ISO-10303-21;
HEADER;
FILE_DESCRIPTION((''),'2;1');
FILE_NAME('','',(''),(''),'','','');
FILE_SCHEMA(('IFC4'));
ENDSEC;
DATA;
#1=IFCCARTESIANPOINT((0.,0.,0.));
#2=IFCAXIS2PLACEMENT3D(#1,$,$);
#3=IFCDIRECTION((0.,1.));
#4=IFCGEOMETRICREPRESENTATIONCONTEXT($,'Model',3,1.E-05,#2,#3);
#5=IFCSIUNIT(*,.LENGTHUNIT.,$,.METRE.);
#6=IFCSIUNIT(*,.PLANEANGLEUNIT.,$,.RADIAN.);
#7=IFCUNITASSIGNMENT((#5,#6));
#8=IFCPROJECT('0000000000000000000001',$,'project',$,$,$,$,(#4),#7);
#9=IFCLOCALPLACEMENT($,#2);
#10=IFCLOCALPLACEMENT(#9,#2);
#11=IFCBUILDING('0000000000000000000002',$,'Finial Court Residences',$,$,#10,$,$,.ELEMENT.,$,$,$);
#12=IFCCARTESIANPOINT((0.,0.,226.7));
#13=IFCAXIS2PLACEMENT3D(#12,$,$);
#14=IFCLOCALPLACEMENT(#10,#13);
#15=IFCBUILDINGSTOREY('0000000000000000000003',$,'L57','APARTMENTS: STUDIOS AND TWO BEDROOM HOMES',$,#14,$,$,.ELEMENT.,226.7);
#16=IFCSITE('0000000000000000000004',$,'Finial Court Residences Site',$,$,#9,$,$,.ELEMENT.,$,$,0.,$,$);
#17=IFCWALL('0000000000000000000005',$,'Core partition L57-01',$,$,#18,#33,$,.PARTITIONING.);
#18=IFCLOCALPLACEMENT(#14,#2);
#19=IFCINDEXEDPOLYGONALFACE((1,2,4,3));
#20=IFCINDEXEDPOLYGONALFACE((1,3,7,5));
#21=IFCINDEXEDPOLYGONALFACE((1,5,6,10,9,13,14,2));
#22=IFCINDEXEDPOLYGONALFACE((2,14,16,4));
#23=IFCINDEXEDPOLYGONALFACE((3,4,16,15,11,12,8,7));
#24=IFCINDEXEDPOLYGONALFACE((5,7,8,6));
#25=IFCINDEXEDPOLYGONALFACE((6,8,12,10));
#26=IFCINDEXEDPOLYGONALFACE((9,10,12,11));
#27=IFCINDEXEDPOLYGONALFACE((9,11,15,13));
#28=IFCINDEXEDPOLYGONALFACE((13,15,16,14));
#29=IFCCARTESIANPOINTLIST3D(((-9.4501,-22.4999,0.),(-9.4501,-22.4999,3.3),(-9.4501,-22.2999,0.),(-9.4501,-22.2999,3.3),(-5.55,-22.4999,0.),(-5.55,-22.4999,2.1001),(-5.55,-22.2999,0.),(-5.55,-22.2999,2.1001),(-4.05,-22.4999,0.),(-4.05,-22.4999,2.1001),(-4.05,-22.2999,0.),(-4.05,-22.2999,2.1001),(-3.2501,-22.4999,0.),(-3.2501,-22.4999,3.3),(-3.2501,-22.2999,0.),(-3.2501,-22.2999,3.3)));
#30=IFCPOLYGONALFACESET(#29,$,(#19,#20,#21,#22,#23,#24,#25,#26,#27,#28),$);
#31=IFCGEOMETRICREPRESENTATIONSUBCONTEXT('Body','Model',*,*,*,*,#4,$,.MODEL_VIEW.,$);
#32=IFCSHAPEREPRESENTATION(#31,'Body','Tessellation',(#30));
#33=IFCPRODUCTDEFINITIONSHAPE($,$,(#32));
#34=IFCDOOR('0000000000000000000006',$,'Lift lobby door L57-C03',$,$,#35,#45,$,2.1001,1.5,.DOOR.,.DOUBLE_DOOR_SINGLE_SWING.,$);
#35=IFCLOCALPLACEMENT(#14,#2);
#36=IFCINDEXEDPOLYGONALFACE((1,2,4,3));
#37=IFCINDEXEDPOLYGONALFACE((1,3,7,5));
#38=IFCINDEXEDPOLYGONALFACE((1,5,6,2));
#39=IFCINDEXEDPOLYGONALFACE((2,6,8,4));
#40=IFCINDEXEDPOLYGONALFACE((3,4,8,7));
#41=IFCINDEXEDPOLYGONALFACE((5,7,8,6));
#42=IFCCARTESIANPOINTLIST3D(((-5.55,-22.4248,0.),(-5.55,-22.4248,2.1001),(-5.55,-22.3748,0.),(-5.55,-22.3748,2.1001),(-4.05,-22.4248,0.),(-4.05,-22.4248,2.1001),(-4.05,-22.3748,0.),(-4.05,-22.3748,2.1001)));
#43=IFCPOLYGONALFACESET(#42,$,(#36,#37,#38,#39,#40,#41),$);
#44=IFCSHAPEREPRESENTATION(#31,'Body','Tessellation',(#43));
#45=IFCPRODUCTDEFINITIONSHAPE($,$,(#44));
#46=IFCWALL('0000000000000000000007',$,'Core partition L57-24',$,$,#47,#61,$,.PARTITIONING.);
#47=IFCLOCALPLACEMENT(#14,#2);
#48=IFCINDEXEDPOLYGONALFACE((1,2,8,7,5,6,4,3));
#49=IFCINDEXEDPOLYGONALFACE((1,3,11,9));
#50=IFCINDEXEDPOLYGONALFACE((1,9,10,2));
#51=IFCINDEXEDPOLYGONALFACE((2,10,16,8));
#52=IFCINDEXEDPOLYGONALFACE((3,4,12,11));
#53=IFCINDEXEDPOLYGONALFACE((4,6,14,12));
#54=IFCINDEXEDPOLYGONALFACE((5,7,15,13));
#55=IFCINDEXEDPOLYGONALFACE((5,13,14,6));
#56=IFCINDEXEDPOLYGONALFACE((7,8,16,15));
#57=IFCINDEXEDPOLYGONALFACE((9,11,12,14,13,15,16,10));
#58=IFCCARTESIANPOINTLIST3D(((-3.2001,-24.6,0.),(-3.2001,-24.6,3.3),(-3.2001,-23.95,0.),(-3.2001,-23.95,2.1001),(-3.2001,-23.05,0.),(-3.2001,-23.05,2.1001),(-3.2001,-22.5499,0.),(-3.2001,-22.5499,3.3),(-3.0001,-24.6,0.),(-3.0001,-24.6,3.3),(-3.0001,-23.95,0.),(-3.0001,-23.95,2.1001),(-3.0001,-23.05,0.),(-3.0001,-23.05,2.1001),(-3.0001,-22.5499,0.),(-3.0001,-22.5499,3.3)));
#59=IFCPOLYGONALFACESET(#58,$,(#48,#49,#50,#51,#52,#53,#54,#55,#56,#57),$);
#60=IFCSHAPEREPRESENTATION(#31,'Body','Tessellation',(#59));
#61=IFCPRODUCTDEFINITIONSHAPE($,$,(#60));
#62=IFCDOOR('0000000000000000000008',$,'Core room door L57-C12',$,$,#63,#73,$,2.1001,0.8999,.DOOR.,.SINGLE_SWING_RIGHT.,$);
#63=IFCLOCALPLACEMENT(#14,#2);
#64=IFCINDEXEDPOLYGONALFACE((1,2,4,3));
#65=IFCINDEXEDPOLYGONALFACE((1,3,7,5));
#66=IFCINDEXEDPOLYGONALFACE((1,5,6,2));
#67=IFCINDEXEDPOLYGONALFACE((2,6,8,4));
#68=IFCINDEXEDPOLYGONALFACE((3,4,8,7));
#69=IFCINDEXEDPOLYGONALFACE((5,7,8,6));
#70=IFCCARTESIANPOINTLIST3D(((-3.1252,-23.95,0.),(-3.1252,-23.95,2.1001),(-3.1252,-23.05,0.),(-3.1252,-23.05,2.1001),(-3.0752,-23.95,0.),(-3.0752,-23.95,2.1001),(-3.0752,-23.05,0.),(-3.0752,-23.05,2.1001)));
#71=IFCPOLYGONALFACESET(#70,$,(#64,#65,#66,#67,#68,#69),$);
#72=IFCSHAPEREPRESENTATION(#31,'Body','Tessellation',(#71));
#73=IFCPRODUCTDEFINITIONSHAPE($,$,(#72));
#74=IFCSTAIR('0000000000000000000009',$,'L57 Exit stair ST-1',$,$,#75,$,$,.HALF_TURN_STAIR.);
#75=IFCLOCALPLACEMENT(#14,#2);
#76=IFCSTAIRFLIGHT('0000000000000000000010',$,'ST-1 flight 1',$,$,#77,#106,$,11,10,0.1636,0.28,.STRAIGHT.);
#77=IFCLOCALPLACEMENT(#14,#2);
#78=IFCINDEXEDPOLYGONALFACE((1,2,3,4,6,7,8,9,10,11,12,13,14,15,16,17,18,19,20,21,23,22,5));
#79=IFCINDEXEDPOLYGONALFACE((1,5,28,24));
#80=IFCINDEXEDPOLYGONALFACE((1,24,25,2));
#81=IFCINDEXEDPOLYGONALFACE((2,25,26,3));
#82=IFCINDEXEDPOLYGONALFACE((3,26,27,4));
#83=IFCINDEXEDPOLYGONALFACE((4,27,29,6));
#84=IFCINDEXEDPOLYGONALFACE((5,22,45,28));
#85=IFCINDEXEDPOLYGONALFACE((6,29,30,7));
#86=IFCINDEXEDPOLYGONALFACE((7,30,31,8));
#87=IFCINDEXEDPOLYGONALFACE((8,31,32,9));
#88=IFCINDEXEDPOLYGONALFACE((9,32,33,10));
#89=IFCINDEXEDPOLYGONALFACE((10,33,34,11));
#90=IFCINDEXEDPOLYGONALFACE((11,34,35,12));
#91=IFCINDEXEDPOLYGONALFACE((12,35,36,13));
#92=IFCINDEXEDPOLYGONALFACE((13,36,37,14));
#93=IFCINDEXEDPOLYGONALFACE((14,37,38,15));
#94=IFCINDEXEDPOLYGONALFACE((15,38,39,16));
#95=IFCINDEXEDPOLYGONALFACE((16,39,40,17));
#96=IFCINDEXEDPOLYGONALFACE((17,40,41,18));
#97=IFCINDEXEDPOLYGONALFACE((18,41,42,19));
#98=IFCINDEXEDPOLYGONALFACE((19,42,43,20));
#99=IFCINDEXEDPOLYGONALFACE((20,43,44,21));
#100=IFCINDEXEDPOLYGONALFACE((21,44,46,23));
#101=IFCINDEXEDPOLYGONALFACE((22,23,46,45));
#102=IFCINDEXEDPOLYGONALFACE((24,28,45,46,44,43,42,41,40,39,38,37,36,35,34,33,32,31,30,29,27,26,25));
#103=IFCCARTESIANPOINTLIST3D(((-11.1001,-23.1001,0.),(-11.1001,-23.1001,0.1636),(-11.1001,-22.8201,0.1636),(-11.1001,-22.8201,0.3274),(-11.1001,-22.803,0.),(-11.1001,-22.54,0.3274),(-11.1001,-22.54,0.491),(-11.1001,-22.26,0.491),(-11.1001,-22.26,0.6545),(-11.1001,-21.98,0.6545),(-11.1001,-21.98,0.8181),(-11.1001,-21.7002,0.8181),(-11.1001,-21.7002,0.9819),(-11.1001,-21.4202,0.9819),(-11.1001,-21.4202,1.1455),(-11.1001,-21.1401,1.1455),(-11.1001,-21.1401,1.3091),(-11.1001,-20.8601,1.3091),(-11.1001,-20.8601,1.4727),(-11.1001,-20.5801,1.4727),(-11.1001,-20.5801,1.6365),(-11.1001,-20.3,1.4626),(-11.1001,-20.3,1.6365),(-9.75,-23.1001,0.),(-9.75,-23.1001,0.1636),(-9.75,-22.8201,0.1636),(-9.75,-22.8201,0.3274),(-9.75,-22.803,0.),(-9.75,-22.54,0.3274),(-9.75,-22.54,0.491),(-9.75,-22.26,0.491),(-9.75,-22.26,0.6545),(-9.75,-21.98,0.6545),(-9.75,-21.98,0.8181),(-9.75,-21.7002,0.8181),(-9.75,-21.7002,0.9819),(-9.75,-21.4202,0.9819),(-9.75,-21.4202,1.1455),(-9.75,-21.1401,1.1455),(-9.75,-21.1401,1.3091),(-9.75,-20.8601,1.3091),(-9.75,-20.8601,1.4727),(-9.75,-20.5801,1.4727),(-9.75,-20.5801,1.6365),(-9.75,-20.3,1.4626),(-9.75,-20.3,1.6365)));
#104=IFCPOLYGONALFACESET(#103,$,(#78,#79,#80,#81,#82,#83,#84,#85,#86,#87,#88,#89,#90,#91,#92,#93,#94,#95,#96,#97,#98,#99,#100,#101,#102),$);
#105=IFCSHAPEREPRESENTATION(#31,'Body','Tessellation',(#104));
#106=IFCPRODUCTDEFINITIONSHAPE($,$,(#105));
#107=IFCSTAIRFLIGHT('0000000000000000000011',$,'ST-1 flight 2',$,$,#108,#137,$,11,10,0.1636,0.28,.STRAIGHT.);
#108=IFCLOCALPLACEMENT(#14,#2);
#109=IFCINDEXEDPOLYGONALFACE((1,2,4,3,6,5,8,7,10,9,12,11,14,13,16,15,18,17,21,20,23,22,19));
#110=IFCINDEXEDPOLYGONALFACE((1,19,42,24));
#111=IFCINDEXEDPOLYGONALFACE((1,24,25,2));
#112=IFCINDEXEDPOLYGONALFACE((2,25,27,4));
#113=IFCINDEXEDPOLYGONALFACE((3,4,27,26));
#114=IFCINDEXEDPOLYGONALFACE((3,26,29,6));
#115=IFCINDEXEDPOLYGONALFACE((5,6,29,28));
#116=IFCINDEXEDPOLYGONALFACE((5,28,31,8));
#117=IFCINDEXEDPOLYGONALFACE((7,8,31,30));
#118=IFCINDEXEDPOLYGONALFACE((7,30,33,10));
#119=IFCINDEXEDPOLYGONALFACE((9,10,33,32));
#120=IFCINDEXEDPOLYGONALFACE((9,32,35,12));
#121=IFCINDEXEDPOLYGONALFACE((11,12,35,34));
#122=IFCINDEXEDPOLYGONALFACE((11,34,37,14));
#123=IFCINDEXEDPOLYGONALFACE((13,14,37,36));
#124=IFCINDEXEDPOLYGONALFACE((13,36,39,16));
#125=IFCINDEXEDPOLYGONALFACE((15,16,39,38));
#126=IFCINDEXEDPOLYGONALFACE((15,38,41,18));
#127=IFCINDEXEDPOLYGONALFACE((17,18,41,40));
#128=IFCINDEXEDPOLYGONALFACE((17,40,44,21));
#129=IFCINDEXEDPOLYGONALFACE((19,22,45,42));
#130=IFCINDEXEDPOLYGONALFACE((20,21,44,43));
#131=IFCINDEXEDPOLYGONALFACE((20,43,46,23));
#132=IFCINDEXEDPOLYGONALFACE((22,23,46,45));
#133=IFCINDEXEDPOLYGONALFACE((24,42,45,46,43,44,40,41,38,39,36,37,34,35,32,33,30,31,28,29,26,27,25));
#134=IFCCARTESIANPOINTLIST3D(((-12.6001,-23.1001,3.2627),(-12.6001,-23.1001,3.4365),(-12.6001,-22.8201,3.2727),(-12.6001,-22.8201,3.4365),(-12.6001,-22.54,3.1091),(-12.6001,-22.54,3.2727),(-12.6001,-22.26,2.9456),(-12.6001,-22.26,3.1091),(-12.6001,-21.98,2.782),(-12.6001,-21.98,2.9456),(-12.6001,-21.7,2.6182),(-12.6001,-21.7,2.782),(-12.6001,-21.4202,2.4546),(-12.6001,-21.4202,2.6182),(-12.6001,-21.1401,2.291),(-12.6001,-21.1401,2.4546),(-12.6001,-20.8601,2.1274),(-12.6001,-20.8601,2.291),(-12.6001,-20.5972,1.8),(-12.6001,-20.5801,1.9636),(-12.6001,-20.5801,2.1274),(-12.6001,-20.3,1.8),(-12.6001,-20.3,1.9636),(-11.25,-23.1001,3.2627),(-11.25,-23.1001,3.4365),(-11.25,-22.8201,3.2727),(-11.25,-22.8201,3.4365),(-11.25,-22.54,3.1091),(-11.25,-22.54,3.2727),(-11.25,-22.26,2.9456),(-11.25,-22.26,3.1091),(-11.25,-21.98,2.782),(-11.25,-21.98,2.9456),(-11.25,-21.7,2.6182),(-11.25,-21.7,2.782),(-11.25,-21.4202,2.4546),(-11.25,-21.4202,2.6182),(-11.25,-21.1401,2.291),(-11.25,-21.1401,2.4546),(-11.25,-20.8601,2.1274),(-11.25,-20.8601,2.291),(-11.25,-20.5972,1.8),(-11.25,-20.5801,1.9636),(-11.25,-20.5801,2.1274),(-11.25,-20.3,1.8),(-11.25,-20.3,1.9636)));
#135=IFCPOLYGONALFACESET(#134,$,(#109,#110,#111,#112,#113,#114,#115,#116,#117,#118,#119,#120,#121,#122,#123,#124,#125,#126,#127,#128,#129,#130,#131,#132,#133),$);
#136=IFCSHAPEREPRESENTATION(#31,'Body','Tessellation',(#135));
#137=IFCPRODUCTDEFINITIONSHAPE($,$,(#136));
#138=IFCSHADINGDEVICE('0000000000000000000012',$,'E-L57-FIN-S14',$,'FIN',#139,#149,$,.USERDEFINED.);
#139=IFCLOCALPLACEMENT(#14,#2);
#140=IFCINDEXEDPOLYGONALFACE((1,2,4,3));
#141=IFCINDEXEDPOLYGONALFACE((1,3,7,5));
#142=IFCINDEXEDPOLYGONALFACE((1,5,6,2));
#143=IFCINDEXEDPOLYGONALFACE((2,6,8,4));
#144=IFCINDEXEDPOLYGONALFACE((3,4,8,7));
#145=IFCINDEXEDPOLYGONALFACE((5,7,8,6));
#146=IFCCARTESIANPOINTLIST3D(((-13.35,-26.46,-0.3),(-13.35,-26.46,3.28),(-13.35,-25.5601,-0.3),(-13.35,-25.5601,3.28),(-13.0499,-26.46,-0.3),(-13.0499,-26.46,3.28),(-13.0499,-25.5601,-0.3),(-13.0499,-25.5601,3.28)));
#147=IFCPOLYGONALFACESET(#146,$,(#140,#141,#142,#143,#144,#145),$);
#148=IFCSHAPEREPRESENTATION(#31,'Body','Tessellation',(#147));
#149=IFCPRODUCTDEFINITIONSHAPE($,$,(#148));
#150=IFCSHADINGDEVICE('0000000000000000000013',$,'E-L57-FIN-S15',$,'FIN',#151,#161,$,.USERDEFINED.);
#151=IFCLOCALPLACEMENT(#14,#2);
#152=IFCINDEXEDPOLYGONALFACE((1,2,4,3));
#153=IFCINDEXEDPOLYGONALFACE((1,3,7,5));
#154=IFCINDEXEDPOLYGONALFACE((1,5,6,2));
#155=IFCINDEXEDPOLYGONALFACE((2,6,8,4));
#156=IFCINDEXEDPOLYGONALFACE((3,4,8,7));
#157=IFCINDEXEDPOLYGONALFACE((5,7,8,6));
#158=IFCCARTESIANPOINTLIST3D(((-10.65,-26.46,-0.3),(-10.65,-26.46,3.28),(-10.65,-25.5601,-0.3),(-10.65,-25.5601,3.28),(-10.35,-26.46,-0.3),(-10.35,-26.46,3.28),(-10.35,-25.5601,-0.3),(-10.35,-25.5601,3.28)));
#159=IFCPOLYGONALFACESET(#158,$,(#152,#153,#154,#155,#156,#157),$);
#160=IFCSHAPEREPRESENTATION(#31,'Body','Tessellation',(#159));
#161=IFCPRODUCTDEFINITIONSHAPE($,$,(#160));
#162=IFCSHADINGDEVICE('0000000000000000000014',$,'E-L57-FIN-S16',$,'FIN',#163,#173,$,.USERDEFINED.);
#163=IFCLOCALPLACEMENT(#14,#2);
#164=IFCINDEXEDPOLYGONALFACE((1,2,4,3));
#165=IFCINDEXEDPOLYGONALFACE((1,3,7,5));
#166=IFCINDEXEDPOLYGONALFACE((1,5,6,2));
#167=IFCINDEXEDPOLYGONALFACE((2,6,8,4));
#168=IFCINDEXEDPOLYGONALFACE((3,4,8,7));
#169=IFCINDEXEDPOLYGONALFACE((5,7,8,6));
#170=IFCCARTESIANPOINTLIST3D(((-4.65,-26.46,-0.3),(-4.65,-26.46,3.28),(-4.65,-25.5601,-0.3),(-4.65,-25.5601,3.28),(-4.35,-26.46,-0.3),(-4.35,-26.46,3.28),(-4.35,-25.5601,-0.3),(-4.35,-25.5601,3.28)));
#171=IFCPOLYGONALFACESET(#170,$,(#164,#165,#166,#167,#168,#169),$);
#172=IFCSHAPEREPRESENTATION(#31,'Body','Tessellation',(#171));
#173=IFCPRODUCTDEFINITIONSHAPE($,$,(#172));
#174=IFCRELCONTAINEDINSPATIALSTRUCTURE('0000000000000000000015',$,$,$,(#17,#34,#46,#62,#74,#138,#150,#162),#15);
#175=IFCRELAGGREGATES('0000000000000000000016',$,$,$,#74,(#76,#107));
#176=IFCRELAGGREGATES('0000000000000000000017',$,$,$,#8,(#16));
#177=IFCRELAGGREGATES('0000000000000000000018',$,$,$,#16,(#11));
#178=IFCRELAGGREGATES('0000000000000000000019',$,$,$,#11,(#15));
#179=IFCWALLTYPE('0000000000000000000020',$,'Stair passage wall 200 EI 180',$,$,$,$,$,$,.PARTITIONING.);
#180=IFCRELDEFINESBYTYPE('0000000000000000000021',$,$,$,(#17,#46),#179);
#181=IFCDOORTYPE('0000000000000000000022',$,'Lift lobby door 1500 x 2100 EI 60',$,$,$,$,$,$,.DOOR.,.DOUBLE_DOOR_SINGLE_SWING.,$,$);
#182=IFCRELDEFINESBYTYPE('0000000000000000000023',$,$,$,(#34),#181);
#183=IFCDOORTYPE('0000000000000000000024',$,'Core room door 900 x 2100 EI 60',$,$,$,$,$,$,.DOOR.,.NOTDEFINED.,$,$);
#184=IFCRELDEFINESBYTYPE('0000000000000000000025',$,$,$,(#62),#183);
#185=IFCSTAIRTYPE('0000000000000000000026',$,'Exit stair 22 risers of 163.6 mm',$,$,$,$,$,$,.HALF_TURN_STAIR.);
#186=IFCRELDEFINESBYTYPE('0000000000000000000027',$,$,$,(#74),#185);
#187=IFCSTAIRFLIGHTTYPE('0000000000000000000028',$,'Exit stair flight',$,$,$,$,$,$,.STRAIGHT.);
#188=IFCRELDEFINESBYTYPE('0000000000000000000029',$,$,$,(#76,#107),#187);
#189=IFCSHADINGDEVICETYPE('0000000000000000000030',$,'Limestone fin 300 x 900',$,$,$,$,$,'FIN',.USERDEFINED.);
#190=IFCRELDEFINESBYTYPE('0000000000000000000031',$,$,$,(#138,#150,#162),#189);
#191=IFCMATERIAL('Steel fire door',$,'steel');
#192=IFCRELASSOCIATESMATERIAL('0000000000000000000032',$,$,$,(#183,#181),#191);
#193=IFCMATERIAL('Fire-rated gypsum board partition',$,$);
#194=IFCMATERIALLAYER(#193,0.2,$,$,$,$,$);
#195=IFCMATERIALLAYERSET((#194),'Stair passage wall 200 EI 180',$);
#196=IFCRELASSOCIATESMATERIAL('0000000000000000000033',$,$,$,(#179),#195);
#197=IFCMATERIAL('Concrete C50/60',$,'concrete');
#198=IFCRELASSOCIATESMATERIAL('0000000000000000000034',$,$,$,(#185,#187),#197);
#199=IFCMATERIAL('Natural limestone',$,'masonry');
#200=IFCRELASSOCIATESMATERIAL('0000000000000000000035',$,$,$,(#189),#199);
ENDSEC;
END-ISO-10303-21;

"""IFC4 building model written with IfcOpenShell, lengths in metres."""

from ifc_helpers import new_model, si_unit, direction, frame, frame_2d, origin, origin_2d, place, context, subcontext, project, spatial, polyline, rectangle, outline, extrude, material, layer, layer_set, type_object, element, fill, aggregate, save


model = new_model("IFC4")

# Units and contexts
model_context = context("Model", 3, precision=1e-05, world=origin(), true_north=direction((0.0, 1.0)))
body_context = subcontext(model_context, "Body", "Model", "MODEL_VIEW")
ifc_project = project(units=[si_unit("LENGTHUNIT", "METRE"), si_unit("PLANEANGLEUNIT", "RADIAN")], contexts=[model_context])

# Site, building, storey
site_placement = place(None, origin())
site = spatial("IfcSite", under=ifc_project, at=site_placement, Name="Finial Court Residences Site", CompositionType="ELEMENT", RefElevation=0.0)
building_placement = place(site_placement, origin())
building = spatial("IfcBuilding", under=site, at=building_placement, Name="Finial Court Residences", CompositionType="ELEMENT")
storey_placement = place(building_placement, frame((0.0, 0.0, 226.7)))
storey = spatial("IfcBuildingStorey", under=building, at=storey_placement, Name="L57", Description="APARTMENTS: STUDIOS AND TWO BEDROOM HOMES", CompositionType="ELEMENT", Elevation=226.7)

# Shared definitions
ifc_material_1 = material(Name="Fire-rated gypsum board partition")
ifc_material_2 = material(Name="Steel fire door", Category="steel")
door_type_1 = type_object("IfcDoorType", Name="Core room door 900 x 2100 EI 60", OperationType="NOTDEFINED", PredefinedType="DOOR", material=ifc_material_2)

# Walls, openings, doors
ifc_layer_1 = layer(ifc_material_1, 0.2)
ifc_layer_set_1 = layer_set([ifc_layer_1], Name="Stair passage wall 200 EI 180")
wall_type_1 = type_object("IfcWallType", Name="Stair passage wall 200 EI 180", PredefinedType="PARTITIONING", material=ifc_layer_set_1)
wall_1_placement = place(storey_placement, frame((-3.25, -22.3999, 0.0), z_axis=(0.0, 0.0, 1.0), x_axis=(-1.0, 0.0, 0.0)))
wall_1 = element("IfcWall", 1, at=wall_1_placement, inside=storey, type_object=wall_type_1, Name="Core partition L57-01", PredefinedType="PARTITIONING", context=body_context, shape_type="SweptSolid", body=[
    extrude(rectangle(XDim=6.2, YDim=0.2, at=frame_2d((3.1001, 0.0))), origin(), (0.0, 0.0, 1.0), 3.3),
])
opening_1_placement = place(wall_1_placement, frame((0.8, 0.0, 0.0)))
opening_1 = element("IfcOpeningElement", 2, at=opening_1_placement, cuts=wall_1, PredefinedType="OPENING", context=body_context, shape_type="SweptSolid", body=[
    extrude(rectangle(XDim=1.5, YDim=2.1001, at=frame_2d((0.75, 1.05))), frame((0.0, 0.1099, 0.0), z_axis=(0.0, -1.0, 0.0), x_axis=(1.0, 0.0, 0.0)), (0.0, 0.0, 1.0), 0.22),
])
door_type_2 = type_object("IfcDoorType", Name="Lift lobby door 1500 x 2100 EI 60", OperationType="DOUBLE_DOOR_SINGLE_SWING", PredefinedType="DOOR", material=ifc_material_2)
door_1_placement = place(opening_1_placement, origin())
door_1 = element("IfcDoor", 3, at=door_1_placement, inside=storey, type_object=door_type_2, Name="Lift lobby door L57-C03", OperationType="DOUBLE_DOOR_SINGLE_SWING", OverallHeight=2.1001, OverallWidth=1.5, PredefinedType="DOOR", context=body_context, shape_type="SweptSolid", body=[
    extrude(rectangle(XDim=1.5, YDim=2.1001, at=frame_2d((0.75, 1.05))), frame((0.0, 0.0249, 0.0), z_axis=(0.0, -1.0, 0.0), x_axis=(1.0, 0.0, 0.0)), (0.0, 0.0, 1.0), 0.05),
])
fill(opening_1, door_1)
wall_2_placement = place(storey_placement, frame((-3.1001, -22.55, 0.0), z_axis=(0.0, 0.0, 1.0), x_axis=(0.0, -1.0, 0.0)))
wall_2 = element("IfcWall", 4, at=wall_2_placement, inside=storey, type_object=wall_type_1, Name="Core partition L57-24", PredefinedType="PARTITIONING", context=body_context, shape_type="SweptSolid", body=[
    extrude(rectangle(XDim=2.05, YDim=0.2, at=frame_2d((1.0249, 0.0))), origin(), (0.0, 0.0, 1.0), 3.3),
])
opening_2_placement = place(wall_2_placement, frame((0.5, 0.0, 0.0)))
opening_2 = element("IfcOpeningElement", 5, at=opening_2_placement, cuts=wall_2, PredefinedType="OPENING", context=body_context, shape_type="SweptSolid", body=[
    extrude(rectangle(XDim=0.8999, YDim=2.1001, at=frame_2d((0.45, 1.05))), frame((0.0, 0.1099, 0.0), z_axis=(0.0, -1.0, 0.0), x_axis=(1.0, 0.0, 0.0)), (0.0, 0.0, 1.0), 0.22),
])
door_2_placement = place(opening_2_placement, origin())
door_2 = element("IfcDoor", 6, at=door_2_placement, inside=storey, type_object=door_type_1, Name="Core room door L57-C12", OperationType="SINGLE_SWING_RIGHT", OverallHeight=2.1001, OverallWidth=0.8999, PredefinedType="DOOR", context=body_context, shape_type="SweptSolid", body=[
    extrude(rectangle(XDim=0.8999, YDim=2.1001, at=frame_2d((0.45, 1.05))), frame((0.0, 0.0249, 0.0), z_axis=(0.0, -1.0, 0.0), x_axis=(1.0, 0.0, 0.0)), (0.0, 0.0, 1.0), 0.05),
])
fill(opening_2, door_2)

# Stair, stair flights
ifc_material_3 = material(Name="Concrete C50/60", Category="concrete")
stair_type = type_object("IfcStairType", Name="Exit stair 22 risers of 163.6 mm", PredefinedType="HALF_TURN_STAIR", material=ifc_material_3)
stair_placement = place(storey_placement, origin())
stair = element("IfcStair", 7, at=stair_placement, inside=storey, type_object=stair_type, Name="L57 Exit stair ST-1", PredefinedType="HALF_TURN_STAIR")
stair_flight_type = type_object("IfcStairFlightType", Name="Exit stair flight", PredefinedType="STRAIGHT", material=ifc_material_3)
stair_flight_1_placement = place(storey_placement, frame((-10.425, -23.1001, 0.0), z_axis=(0.0, 0.0, 1.0), x_axis=(0.0, 1.0, 0.0)))
stair_flight_1 = element("IfcStairFlight", 8, at=stair_flight_1_placement, type_object=stair_flight_type, Name="ST-1 flight 1", NumberOfRisers=11, NumberOfTreads=10, PredefinedType="STRAIGHT", RiserHeight=0.1636, TreadLength=0.28, context=body_context, shape_type="SweptSolid", body=[
    extrude(outline(polyline([(0.0, 0.0), (0.0, 0.1636), (0.28, 0.1636), (0.28, 0.3274), (0.5601, 0.3274), (0.5601, 0.491), (0.8401, 0.491), (0.8401, 0.6545), (1.1201, 0.6545), (1.1201, 0.8181), (1.3999, 0.8181), (1.3999, 0.9819), (1.6799, 0.9819), (1.6799, 1.1455), (1.96, 1.1455), (1.96, 1.3091), (2.24, 1.3091), (2.24, 1.4727), (2.52, 1.4727), (2.52, 1.6365), (2.8, 1.6365), (2.8, 1.8), (2.8, 1.4626), (0.2971, 0.0), (0.0, 0.0)])), frame((0.0, 0.675, 0.0), z_axis=(0.0, -1.0, 0.0), x_axis=(1.0, 0.0, 0.0)), (0.0, 0.0, 1.0), 1.3501),
])
stair_flight_2_placement = place(storey_placement, frame((-11.925, -20.3, 1.8), z_axis=(0.0, 0.0, 1.0), x_axis=(0.0, -1.0, 0.0)))
stair_flight_2 = element("IfcStairFlight", 9, at=stair_flight_2_placement, type_object=stair_flight_type, Name="ST-1 flight 2", NumberOfRisers=11, NumberOfTreads=10, PredefinedType="STRAIGHT", RiserHeight=0.1636, TreadLength=0.28, context=body_context, shape_type="SweptSolid", body=[
    extrude(outline(polyline([(0.0, 0.0), (0.0, 0.1636), (0.28, 0.1636), (0.28, 0.3274), (0.5601, 0.3274), (0.5601, 0.491), (0.8401, 0.491), (0.8401, 0.6545), (1.1201, 0.6545), (1.1201, 0.8181), (1.3999, 0.8181), (1.3999, 0.9819), (1.6799, 0.9819), (1.6799, 1.1455), (1.96, 1.1455), (1.96, 1.3091), (2.24, 1.3091), (2.24, 1.4727), (2.52, 1.4727), (2.52, 1.6365), (2.8, 1.6365), (2.8, 1.8), (2.8, 1.4626), (0.2971, 0.0), (0.0, 0.0)])), frame((0.0, 0.675, 0.0), z_axis=(0.0, -1.0, 0.0), x_axis=(1.0, 0.0, 0.0)), (0.0, 0.0, 1.0), 1.3501),
])
aggregate(stair, [stair_flight_1, stair_flight_2])

# Shading devices
ifc_material_4 = material(Name="Natural limestone", Category="masonry")
shading_device_type = type_object("IfcShadingDeviceType", Name="Limestone fin 300 x 900", ElementType="FIN", PredefinedType="USERDEFINED", material=ifc_material_4)
for number, where, z_axis, x_axis, name in (
    (10, (-13.2, -26.01, -0.3), (0.0, 0.0, 1.0), (1.0, 0.0, 0.0), "E-L57-FIN-S14"),
    (11, (-10.5, -26.01, -0.3), (0.0, 0.0, 1.0), (1.0, 0.0, 0.0), "E-L57-FIN-S15"),
    (12, (-4.5, -26.01, -0.3), (0.0, 0.0, 1.0), (1.0, 0.0, 0.0), "E-L57-FIN-S16"),
):
    element("IfcShadingDevice", number, at=place(storey_placement, frame(where, z_axis=z_axis, x_axis=x_axis)), inside=storey, type_object=shading_device_type, Name=name, ObjectType="FIN", PredefinedType="USERDEFINED", context=body_context, shape_type="SweptSolid", body=[
        extrude(rectangle(XDim=0.3, YDim=0.8999, at=origin_2d()), origin(), (0.0, 0.0, 1.0), 3.5801),
    ])

save(model, "model.ifc")
